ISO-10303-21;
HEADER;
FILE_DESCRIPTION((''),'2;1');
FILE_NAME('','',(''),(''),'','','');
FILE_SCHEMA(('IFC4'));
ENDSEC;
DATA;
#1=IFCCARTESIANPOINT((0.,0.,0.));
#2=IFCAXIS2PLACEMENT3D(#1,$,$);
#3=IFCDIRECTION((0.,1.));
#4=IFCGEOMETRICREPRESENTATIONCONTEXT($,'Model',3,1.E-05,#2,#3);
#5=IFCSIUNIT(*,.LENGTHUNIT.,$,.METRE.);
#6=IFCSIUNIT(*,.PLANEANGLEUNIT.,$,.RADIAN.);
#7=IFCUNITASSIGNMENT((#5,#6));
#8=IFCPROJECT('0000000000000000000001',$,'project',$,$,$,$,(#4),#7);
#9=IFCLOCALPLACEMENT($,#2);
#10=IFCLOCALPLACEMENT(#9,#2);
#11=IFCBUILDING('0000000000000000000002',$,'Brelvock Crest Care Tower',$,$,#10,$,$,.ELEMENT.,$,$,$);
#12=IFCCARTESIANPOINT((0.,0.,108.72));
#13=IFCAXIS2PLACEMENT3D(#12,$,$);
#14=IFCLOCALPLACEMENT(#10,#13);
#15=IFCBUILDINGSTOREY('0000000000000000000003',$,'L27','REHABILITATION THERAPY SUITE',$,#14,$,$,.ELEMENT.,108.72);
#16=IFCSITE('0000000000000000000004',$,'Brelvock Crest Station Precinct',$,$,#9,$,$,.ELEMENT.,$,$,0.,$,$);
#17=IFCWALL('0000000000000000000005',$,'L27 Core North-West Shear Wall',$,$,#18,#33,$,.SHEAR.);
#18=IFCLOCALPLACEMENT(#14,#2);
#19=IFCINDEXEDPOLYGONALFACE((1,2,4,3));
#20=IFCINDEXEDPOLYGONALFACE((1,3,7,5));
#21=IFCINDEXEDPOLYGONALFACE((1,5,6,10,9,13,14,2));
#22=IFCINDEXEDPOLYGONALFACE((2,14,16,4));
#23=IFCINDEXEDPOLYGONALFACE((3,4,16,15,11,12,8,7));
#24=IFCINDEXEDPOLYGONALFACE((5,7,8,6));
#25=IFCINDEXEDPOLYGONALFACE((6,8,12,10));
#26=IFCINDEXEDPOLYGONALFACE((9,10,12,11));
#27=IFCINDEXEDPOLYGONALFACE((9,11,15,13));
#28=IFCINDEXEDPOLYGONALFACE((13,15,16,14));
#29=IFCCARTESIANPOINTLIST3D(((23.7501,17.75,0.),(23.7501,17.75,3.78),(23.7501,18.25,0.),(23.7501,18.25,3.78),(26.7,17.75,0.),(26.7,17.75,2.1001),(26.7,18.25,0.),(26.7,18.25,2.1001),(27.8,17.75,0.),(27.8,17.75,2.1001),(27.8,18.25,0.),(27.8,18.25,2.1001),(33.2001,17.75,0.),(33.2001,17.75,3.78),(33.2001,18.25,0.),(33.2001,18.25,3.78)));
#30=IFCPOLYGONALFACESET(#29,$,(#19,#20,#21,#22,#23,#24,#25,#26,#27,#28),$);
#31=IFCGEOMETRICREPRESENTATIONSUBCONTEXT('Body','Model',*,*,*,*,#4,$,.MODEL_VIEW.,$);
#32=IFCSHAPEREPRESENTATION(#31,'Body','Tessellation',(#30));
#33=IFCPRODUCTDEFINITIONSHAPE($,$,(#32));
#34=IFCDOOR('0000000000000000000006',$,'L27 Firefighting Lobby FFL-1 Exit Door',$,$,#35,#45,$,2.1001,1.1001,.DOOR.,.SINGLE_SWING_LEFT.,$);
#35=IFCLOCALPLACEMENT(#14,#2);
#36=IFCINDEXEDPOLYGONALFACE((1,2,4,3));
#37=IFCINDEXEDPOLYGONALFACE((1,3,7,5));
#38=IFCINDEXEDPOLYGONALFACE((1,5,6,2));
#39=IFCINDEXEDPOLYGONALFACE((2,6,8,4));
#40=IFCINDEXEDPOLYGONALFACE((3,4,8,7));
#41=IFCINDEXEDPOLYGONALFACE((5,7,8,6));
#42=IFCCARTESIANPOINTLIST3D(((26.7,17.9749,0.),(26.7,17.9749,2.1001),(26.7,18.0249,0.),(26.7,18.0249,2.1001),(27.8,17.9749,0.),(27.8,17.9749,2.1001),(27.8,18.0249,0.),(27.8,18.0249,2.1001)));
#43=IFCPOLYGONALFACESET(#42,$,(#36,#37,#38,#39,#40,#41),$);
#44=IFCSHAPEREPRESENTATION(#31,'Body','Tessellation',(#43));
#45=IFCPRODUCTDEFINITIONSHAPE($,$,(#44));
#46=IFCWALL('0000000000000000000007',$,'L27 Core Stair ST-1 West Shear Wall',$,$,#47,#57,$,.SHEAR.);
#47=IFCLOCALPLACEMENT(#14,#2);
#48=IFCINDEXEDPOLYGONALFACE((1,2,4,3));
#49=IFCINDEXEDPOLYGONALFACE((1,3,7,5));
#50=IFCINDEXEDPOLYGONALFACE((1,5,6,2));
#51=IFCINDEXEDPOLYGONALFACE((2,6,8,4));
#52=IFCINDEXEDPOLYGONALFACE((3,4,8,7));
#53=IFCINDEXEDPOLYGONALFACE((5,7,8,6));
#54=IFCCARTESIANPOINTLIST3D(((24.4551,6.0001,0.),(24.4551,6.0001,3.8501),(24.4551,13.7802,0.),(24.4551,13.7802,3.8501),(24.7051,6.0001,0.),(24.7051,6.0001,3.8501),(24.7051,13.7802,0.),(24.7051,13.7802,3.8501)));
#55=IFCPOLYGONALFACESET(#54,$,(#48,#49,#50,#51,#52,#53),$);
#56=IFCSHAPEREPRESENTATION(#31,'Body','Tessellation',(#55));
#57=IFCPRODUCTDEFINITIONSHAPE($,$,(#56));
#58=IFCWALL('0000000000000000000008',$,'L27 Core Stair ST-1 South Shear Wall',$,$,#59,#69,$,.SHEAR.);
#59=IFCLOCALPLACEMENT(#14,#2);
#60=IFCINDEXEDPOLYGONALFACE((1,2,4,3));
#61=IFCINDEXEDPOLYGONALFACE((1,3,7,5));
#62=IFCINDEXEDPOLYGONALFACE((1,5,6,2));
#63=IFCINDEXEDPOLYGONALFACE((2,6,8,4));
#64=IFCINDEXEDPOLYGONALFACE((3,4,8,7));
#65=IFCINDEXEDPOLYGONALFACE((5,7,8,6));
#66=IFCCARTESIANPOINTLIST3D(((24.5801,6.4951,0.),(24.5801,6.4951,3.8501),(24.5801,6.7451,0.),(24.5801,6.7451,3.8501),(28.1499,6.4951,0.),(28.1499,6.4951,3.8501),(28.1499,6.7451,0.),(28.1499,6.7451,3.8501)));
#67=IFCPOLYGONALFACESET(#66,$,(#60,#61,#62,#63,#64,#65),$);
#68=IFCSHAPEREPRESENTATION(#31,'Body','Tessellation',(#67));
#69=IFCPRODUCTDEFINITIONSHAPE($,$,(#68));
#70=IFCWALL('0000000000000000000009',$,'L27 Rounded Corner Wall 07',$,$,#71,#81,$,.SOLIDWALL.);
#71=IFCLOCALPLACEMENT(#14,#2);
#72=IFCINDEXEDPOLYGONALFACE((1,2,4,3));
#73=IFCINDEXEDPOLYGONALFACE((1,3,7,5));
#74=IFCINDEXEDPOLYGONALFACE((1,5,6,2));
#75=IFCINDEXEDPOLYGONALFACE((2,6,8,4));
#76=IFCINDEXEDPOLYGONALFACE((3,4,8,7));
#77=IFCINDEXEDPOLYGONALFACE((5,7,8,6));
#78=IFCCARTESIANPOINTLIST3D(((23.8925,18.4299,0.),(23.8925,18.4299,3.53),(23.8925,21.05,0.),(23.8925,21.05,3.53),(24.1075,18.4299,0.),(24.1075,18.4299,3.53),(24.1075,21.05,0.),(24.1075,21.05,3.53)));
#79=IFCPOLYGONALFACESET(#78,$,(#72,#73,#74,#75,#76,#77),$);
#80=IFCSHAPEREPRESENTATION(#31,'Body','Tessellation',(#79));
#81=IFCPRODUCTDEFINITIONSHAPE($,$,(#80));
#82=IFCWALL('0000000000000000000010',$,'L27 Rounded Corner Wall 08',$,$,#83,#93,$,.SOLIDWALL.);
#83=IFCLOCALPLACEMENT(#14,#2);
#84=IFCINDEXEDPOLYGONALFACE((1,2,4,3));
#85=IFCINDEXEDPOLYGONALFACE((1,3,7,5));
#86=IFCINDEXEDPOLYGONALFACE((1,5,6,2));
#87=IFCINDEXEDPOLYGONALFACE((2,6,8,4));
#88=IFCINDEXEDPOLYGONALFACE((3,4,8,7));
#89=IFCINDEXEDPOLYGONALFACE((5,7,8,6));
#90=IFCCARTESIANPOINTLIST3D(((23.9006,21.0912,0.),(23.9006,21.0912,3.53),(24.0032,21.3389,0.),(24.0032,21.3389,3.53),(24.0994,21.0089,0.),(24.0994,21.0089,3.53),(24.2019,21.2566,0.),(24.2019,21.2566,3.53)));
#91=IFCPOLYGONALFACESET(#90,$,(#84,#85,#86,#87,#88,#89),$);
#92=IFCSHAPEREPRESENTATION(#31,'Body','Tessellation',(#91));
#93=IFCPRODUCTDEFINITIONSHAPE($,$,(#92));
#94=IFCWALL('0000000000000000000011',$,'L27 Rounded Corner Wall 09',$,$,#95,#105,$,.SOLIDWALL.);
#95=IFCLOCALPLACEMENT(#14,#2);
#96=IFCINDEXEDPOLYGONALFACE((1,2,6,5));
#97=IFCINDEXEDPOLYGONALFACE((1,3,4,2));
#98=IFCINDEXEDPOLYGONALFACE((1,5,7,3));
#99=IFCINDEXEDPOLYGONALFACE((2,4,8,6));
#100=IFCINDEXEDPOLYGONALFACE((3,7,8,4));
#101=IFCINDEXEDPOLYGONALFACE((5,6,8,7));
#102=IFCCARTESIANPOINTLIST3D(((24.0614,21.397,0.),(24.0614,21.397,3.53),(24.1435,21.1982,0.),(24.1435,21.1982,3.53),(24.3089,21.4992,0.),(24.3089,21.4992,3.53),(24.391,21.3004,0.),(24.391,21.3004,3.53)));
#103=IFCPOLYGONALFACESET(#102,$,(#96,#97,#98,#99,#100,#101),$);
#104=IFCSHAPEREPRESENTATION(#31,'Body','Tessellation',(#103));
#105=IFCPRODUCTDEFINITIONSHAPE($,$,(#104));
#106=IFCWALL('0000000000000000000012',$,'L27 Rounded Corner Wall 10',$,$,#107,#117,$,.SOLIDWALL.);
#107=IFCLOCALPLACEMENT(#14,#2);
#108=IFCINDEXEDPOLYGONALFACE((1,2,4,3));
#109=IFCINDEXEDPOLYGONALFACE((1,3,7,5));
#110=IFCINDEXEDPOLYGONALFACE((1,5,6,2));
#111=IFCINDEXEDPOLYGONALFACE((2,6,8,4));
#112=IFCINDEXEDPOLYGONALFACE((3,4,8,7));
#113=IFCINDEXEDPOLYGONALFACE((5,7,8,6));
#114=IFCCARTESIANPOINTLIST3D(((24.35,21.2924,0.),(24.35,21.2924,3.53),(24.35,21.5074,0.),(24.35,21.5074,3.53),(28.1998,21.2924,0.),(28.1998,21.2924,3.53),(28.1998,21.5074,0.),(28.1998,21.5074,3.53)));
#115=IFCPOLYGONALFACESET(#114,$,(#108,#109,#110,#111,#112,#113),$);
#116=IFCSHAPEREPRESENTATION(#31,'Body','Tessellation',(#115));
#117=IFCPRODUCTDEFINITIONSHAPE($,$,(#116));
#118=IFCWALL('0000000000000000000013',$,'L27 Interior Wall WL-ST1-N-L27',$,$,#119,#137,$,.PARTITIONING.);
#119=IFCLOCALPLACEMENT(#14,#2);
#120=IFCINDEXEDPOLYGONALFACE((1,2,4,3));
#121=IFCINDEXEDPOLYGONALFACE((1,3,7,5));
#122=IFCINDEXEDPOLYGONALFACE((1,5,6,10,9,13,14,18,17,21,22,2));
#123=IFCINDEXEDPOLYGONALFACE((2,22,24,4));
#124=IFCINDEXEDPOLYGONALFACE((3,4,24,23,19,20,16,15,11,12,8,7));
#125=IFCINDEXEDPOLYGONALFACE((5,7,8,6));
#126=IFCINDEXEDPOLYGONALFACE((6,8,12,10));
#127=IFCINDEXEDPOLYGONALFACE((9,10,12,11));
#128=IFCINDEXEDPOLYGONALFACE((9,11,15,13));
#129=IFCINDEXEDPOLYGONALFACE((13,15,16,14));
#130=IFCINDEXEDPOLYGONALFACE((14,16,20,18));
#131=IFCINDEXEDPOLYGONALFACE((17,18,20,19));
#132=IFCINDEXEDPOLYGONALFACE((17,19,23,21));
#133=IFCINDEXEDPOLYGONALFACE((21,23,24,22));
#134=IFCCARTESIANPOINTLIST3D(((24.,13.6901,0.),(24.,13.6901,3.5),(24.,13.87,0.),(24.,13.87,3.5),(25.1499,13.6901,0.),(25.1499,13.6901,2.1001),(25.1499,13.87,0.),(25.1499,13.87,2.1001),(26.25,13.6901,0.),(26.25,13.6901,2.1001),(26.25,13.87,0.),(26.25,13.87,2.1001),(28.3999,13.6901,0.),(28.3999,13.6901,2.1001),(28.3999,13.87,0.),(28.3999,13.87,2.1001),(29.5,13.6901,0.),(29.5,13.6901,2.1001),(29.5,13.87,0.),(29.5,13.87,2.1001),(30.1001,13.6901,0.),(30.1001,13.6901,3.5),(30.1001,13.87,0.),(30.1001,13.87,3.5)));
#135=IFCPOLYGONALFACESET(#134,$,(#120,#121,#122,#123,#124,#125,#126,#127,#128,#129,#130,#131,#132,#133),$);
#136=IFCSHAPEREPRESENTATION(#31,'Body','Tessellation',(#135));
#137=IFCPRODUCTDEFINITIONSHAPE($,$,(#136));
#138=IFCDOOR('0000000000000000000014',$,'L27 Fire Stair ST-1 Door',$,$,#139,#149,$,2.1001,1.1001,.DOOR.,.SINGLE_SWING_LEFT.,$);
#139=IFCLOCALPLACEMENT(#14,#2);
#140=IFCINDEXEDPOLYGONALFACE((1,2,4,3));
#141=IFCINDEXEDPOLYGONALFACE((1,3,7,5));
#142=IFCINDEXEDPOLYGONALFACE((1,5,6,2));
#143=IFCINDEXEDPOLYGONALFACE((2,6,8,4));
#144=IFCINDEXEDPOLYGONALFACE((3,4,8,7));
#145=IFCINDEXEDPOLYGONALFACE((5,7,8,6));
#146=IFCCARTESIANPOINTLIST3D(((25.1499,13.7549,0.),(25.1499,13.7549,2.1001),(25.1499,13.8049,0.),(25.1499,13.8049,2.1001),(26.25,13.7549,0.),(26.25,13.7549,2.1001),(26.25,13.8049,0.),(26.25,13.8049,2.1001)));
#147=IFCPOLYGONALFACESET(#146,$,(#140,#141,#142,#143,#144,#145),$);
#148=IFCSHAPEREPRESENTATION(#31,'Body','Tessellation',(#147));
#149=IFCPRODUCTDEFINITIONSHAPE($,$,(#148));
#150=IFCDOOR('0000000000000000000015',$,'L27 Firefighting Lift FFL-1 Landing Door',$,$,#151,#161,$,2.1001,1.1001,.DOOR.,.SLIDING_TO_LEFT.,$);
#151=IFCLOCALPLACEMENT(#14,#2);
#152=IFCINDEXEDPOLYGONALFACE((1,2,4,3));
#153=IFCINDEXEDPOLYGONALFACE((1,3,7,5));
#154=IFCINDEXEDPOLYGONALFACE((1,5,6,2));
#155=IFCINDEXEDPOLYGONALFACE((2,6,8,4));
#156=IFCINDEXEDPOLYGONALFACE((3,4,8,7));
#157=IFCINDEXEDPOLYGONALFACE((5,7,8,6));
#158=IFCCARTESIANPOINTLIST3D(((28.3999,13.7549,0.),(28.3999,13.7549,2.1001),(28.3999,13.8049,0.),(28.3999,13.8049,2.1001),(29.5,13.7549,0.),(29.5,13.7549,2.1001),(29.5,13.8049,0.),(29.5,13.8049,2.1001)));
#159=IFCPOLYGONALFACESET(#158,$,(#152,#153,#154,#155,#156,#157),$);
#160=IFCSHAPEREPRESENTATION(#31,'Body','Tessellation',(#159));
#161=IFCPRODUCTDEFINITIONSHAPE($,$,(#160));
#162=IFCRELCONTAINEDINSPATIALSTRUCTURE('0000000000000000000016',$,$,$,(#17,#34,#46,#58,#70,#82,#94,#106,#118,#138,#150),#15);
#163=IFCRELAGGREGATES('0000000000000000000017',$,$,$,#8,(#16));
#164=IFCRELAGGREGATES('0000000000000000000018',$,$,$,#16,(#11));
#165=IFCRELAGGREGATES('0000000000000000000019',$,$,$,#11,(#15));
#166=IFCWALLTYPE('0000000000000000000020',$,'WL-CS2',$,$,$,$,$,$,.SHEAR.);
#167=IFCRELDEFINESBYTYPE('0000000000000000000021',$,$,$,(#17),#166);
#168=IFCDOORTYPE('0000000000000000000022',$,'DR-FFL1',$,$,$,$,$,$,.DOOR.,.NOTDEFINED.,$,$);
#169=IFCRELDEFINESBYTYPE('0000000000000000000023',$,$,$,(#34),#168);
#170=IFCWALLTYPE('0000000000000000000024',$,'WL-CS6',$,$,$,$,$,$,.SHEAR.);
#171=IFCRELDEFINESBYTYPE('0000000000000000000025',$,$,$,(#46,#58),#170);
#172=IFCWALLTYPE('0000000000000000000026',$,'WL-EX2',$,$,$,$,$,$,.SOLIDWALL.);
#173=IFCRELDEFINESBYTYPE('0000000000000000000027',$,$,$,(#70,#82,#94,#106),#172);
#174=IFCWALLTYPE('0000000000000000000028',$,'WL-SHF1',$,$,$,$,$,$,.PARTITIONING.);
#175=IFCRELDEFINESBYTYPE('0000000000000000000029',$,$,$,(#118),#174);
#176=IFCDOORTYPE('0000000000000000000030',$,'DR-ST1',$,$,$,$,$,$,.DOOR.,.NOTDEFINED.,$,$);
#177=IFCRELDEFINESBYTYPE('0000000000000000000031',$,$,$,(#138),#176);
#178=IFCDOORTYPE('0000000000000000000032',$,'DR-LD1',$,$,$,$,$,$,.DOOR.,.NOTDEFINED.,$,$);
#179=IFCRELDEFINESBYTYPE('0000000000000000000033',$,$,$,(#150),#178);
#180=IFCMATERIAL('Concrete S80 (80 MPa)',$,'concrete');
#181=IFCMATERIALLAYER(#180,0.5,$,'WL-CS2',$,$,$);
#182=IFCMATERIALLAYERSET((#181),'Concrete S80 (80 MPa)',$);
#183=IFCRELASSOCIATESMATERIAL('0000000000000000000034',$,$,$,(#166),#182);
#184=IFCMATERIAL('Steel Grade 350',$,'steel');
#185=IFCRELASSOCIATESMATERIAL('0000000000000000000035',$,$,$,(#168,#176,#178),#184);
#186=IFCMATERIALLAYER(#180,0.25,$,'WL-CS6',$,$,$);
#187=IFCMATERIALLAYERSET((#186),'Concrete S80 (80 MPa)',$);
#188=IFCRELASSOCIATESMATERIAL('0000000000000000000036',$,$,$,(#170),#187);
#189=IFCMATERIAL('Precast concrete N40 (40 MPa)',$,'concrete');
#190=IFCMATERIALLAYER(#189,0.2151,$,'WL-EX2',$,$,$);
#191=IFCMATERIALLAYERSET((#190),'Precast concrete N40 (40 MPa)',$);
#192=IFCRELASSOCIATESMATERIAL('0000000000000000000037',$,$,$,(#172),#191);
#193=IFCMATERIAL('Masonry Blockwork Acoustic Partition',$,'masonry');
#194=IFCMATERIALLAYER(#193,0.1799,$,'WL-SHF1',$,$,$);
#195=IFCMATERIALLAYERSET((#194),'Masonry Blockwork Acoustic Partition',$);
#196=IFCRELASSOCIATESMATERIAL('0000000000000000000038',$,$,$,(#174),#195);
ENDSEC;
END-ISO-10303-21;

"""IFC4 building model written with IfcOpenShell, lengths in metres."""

from ifc_helpers import new_model, si_unit, direction, frame, frame_2d, origin, origin_2d, place, context, subcontext, project, spatial, rectangle, extrude, source, transform, mapped, material, layer, layer_set, type_object, element, fill, save


model = new_model("IFC4")

# Units and contexts
model_context = context("Model", 3, precision=1e-05, world=origin(), true_north=direction((0.0, 1.0)))
body_context = subcontext(model_context, "Body", "Model", "MODEL_VIEW")
ifc_project = project(units=[si_unit("LENGTHUNIT", "METRE"), si_unit("PLANEANGLEUNIT", "RADIAN")], contexts=[model_context])

# Site, building, storey
site_placement = place(None, origin())
site = spatial("IfcSite", under=ifc_project, at=site_placement, Name="Brelvock Crest Station Precinct", CompositionType="ELEMENT", RefElevation=0.0)
building_placement = place(site_placement, origin())
building = spatial("IfcBuilding", under=site, at=building_placement, Name="Brelvock Crest Care Tower", CompositionType="ELEMENT")
storey_placement = place(building_placement, frame((0.0, 0.0, 108.72)))
storey = spatial("IfcBuildingStorey", under=building, at=storey_placement, Name="L27", Description="REHABILITATION THERAPY SUITE", CompositionType="ELEMENT", Elevation=108.72)

# Shared definitions
ifc_material_1 = material(Name="Concrete S80 (80 MPa)", Category="concrete")

# Shared definitions
ifc_material_2 = material(Name="Steel Grade 350", Category="steel")

# Shared definitions
ifc_layer_1 = layer(ifc_material_1, 0.5, Name="WL-CS2")
ifc_layer_set_1 = layer_set([ifc_layer_1], Name="Concrete S80 (80 MPa)")
wall_type_1 = type_object("IfcWallType", Name="WL-CS2", PredefinedType="SHEAR", material=ifc_layer_set_1)

# Wall, opening, door
wall_1_placement = place(storey_placement, frame((23.75, 18.0, 0.0), z_axis=(0.0, 0.0, 1.0), x_axis=(1.0, 0.0, 0.0)))
wall_1 = element("IfcWall", 1, at=wall_1_placement, inside=storey, type_object=wall_type_1, Name="L27 Core North-West Shear Wall", PredefinedType="SHEAR", context=body_context, shape_type="SweptSolid", body=[
    extrude(rectangle(XDim=9.45, YDim=0.5, at=frame_2d((4.7251, 0.0))), origin(), (0.0, 0.0, 1.0), 3.78),
])
opening_1_placement = place(wall_1_placement, frame((2.95, 0.0, 0.0)))
opening_1 = element("IfcOpeningElement", 2, at=opening_1_placement, cuts=wall_1, PredefinedType="OPENING", context=body_context, shape_type="SweptSolid", body=[
    extrude(rectangle(XDim=1.1001, YDim=2.1001, at=origin_2d()), frame((0.55, 0.26, 1.05), z_axis=(0.0, -1.0, 0.0), x_axis=(1.0, 0.0, 0.0)), (0.0, 0.0, 1.0), 0.52),
])
door_type_1 = type_object("IfcDoorType", Name="DR-FFL1", OperationType="NOTDEFINED", PredefinedType="DOOR", material=ifc_material_2)
shared_shape_1 = source(origin(), body_context, "Body", "SweptSolid", [
    extrude(rectangle(XDim=1.1001, YDim=2.1001, at=origin_2d()), frame((0.55, 0.0249, 1.05), z_axis=(0.0, -1.0, 0.0), x_axis=(1.0, 0.0, 0.0)), (0.0, 0.0, 1.0), 0.05),
])
door_1_placement = place(opening_1_placement, origin())
door_1 = element("IfcDoor", 3, at=door_1_placement, inside=storey, type_object=door_type_1, Name="L27 Firefighting Lobby FFL-1 Exit Door", OperationType="SINGLE_SWING_LEFT", OverallHeight=2.1001, OverallWidth=1.1001, PredefinedType="DOOR", context=body_context, shape_type="MappedRepresentation", body=[
    mapped(shared_shape_1, transform((0.0, 0.0, 0.0), x_axis=(1.0, 0.0, 0.0), y_axis=(0.0, 1.0, 0.0), z_axis=(0.0, 0.0, 1.0), scale=1.0)),
])
fill(opening_1, door_1)

# Walls
ifc_layer_2 = layer(ifc_material_1, 0.25, Name="WL-CS6")
ifc_layer_set_2 = layer_set([ifc_layer_2], Name="Concrete S80 (80 MPa)")
wall_type_2 = type_object("IfcWallType", Name="WL-CS6", PredefinedType="SHEAR", material=ifc_layer_set_2)
wall_2_placement = place(storey_placement, frame((24.5801, 6.0, 0.0), z_axis=(0.0, 0.0, 1.0), x_axis=(0.0, 1.0, 0.0)))
element("IfcWall", 4, at=wall_2_placement, inside=storey, type_object=wall_type_2, Name="L27 Core Stair ST-1 West Shear Wall", PredefinedType="SHEAR", context=body_context, shape_type="SweptSolid", body=[
    extrude(rectangle(XDim=7.78, YDim=0.25, at=frame_2d((3.8901, 0.0))), origin(), (0.0, 0.0, 1.0), 3.8501),
])
wall_3_placement = place(storey_placement, frame((24.5801, 6.6201, 0.0), z_axis=(0.0, 0.0, 1.0), x_axis=(1.0, 0.0, 0.0)))
element("IfcWall", 5, at=wall_3_placement, inside=storey, type_object=wall_type_2, Name="L27 Core Stair ST-1 South Shear Wall", PredefinedType="SHEAR", context=body_context, shape_type="SweptSolid", body=[
    extrude(rectangle(XDim=3.5698, YDim=0.25, at=frame_2d((1.7849, 0.0))), origin(), (0.0, 0.0, 1.0), 3.8501),
])
ifc_material_3 = material(Name="Precast concrete N40 (40 MPa)", Category="concrete")
ifc_layer_3 = layer(ifc_material_3, 0.2151, Name="WL-EX2")
ifc_layer_set_3 = layer_set([ifc_layer_3], Name="Precast concrete N40 (40 MPa)")
wall_type_3 = type_object("IfcWallType", Name="WL-EX2", PredefinedType="SOLIDWALL", material=ifc_layer_set_3)
wall_4_placement = place(storey_placement, frame((24.0, 18.4299, 0.0), z_axis=(0.0, 0.0, 1.0), x_axis=(0.0, 1.0, 0.0)))
element("IfcWall", 6, at=wall_4_placement, inside=storey, type_object=wall_type_3, Name="L27 Rounded Corner Wall 07", PredefinedType="SOLIDWALL", context=body_context, shape_type="SweptSolid", body=[
    extrude(rectangle(XDim=2.6201, YDim=0.2151, at=frame_2d((1.3101, 0.0))), origin(), (0.0, 0.0, 1.0), 3.53),
])
wall_5_placement = place(storey_placement, frame((24.0, 21.05, 0.0), z_axis=(0.0, 0.0, 1.0), x_axis=(0.382674, 0.923884, 0.0)))
element("IfcWall", 7, at=wall_5_placement, inside=storey, type_object=wall_type_3, Name="L27 Rounded Corner Wall 08", PredefinedType="SOLIDWALL", context=body_context, shape_type="SweptSolid", body=[
    extrude(rectangle(XDim=0.2681, YDim=0.2151, at=frame_2d((0.134, 0.0))), origin(), (0.0, 0.0, 1.0), 3.53),
])
wall_6_placement = place(storey_placement, frame((24.1025, 21.2976, 0.0), z_axis=(0.0, 0.0, 1.0), x_axis=(0.924205, 0.381896, 0.0)))
element("IfcWall", 8, at=wall_6_placement, inside=storey, type_object=wall_type_3, Name="L27 Rounded Corner Wall 09", PredefinedType="SOLIDWALL", context=body_context, shape_type="SweptSolid", body=[
    extrude(rectangle(XDim=0.2678, YDim=0.2151, at=frame_2d((0.1338, 0.0))), origin(), (0.0, 0.0, 1.0), 3.53),
])
wall_7_placement = place(storey_placement, frame((24.3501, 21.3999, 0.0), z_axis=(0.0, 0.0, 1.0), x_axis=(1.0, 0.0, 0.0)))
element("IfcWall", 9, at=wall_7_placement, inside=storey, type_object=wall_type_3, Name="L27 Rounded Corner Wall 10", PredefinedType="SOLIDWALL", context=body_context, shape_type="SweptSolid", body=[
    extrude(rectangle(XDim=3.8499, YDim=0.2151, at=frame_2d((1.9248, 0.0))), origin(), (0.0, 0.0, 1.0), 3.53),
])

# Wall, openings, doors
ifc_material_4 = material(Name="Masonry Blockwork Acoustic Partition", Category="masonry")
ifc_layer_4 = layer(ifc_material_4, 0.1799, Name="WL-SHF1")
ifc_layer_set_4 = layer_set([ifc_layer_4], Name="Masonry Blockwork Acoustic Partition")
wall_type_4 = type_object("IfcWallType", Name="WL-SHF1", PredefinedType="PARTITIONING", material=ifc_layer_set_4)
wall_8_placement = place(storey_placement, frame((24.0, 13.78, 0.0), z_axis=(0.0, 0.0, 1.0), x_axis=(1.0, 0.0, 0.0)))
wall_8 = element("IfcWall", 10, at=wall_8_placement, inside=storey, type_object=wall_type_4, Name="L27 Interior Wall WL-ST1-N-L27", PredefinedType="PARTITIONING", context=body_context, shape_type="SweptSolid", body=[
    extrude(rectangle(XDim=6.1001, YDim=0.1799, at=frame_2d((3.05, 0.0))), origin(), (0.0, 0.0, 1.0), 3.5),
])
opening_2_placement = place(wall_8_placement, frame((1.1499, 0.0, 0.0)))
opening_2 = element("IfcOpeningElement", 11, at=opening_2_placement, cuts=wall_8, PredefinedType="OPENING", context=body_context, shape_type="SweptSolid", body=[
    extrude(rectangle(XDim=1.1001, YDim=2.1001, at=origin_2d()), frame((0.55, 0.1001, 1.05), z_axis=(0.0, -1.0, 0.0), x_axis=(1.0, 0.0, 0.0)), (0.0, 0.0, 1.0), 0.2),
])
opening_3_placement = place(wall_8_placement, frame((4.3999, 0.0, 0.0)))
opening_3 = element("IfcOpeningElement", 12, at=opening_3_placement, cuts=wall_8, PredefinedType="OPENING", context=body_context, shape_type="SweptSolid", body=[
    extrude(rectangle(XDim=1.1001, YDim=2.1001, at=origin_2d()), frame((0.55, 0.1001, 1.05), z_axis=(0.0, -1.0, 0.0), x_axis=(1.0, 0.0, 0.0)), (0.0, 0.0, 1.0), 0.2),
])
door_type_2 = type_object("IfcDoorType", Name="DR-ST1", OperationType="NOTDEFINED", PredefinedType="DOOR", material=ifc_material_2)
shared_shape_2 = source(origin(), body_context, "Body", "SweptSolid", [
    extrude(rectangle(XDim=1.1001, YDim=2.1001, at=origin_2d()), frame((0.55, 0.0249, 1.05), z_axis=(0.0, -1.0, 0.0), x_axis=(1.0, 0.0, 0.0)), (0.0, 0.0, 1.0), 0.05),
])
door_2_placement = place(opening_2_placement, origin())
door_2 = element("IfcDoor", 13, at=door_2_placement, inside=storey, type_object=door_type_2, Name="L27 Fire Stair ST-1 Door", OperationType="SINGLE_SWING_LEFT", OverallHeight=2.1001, OverallWidth=1.1001, PredefinedType="DOOR", context=body_context, shape_type="MappedRepresentation", body=[
    mapped(shared_shape_2, transform((0.0, 0.0, 0.0), x_axis=(1.0, 0.0, 0.0), y_axis=(0.0, 1.0, 0.0), z_axis=(0.0, 0.0, 1.0), scale=1.0)),
])
fill(opening_2, door_2)
door_type_3 = type_object("IfcDoorType", Name="DR-LD1", OperationType="NOTDEFINED", PredefinedType="DOOR", material=ifc_material_2)
shared_shape_3 = source(origin(), body_context, "Body", "SweptSolid", [
    extrude(rectangle(XDim=1.1001, YDim=2.1001, at=origin_2d()), frame((0.55, 0.0249, 1.05), z_axis=(0.0, -1.0, 0.0), x_axis=(1.0, 0.0, 0.0)), (0.0, 0.0, 1.0), 0.05),
])
door_3_placement = place(opening_3_placement, origin())
door_3 = element("IfcDoor", 14, at=door_3_placement, inside=storey, type_object=door_type_3, Name="L27 Firefighting Lift FFL-1 Landing Door", OperationType="SLIDING_TO_LEFT", OverallHeight=2.1001, OverallWidth=1.1001, PredefinedType="DOOR", context=body_context, shape_type="MappedRepresentation", body=[
    mapped(shared_shape_3, transform((0.0, 0.0, 0.0), x_axis=(1.0, 0.0, 0.0), y_axis=(0.0, 1.0, 0.0), z_axis=(0.0, 0.0, 1.0), scale=1.0)),
])
fill(opening_3, door_3)

save(model, "model.ifc")
